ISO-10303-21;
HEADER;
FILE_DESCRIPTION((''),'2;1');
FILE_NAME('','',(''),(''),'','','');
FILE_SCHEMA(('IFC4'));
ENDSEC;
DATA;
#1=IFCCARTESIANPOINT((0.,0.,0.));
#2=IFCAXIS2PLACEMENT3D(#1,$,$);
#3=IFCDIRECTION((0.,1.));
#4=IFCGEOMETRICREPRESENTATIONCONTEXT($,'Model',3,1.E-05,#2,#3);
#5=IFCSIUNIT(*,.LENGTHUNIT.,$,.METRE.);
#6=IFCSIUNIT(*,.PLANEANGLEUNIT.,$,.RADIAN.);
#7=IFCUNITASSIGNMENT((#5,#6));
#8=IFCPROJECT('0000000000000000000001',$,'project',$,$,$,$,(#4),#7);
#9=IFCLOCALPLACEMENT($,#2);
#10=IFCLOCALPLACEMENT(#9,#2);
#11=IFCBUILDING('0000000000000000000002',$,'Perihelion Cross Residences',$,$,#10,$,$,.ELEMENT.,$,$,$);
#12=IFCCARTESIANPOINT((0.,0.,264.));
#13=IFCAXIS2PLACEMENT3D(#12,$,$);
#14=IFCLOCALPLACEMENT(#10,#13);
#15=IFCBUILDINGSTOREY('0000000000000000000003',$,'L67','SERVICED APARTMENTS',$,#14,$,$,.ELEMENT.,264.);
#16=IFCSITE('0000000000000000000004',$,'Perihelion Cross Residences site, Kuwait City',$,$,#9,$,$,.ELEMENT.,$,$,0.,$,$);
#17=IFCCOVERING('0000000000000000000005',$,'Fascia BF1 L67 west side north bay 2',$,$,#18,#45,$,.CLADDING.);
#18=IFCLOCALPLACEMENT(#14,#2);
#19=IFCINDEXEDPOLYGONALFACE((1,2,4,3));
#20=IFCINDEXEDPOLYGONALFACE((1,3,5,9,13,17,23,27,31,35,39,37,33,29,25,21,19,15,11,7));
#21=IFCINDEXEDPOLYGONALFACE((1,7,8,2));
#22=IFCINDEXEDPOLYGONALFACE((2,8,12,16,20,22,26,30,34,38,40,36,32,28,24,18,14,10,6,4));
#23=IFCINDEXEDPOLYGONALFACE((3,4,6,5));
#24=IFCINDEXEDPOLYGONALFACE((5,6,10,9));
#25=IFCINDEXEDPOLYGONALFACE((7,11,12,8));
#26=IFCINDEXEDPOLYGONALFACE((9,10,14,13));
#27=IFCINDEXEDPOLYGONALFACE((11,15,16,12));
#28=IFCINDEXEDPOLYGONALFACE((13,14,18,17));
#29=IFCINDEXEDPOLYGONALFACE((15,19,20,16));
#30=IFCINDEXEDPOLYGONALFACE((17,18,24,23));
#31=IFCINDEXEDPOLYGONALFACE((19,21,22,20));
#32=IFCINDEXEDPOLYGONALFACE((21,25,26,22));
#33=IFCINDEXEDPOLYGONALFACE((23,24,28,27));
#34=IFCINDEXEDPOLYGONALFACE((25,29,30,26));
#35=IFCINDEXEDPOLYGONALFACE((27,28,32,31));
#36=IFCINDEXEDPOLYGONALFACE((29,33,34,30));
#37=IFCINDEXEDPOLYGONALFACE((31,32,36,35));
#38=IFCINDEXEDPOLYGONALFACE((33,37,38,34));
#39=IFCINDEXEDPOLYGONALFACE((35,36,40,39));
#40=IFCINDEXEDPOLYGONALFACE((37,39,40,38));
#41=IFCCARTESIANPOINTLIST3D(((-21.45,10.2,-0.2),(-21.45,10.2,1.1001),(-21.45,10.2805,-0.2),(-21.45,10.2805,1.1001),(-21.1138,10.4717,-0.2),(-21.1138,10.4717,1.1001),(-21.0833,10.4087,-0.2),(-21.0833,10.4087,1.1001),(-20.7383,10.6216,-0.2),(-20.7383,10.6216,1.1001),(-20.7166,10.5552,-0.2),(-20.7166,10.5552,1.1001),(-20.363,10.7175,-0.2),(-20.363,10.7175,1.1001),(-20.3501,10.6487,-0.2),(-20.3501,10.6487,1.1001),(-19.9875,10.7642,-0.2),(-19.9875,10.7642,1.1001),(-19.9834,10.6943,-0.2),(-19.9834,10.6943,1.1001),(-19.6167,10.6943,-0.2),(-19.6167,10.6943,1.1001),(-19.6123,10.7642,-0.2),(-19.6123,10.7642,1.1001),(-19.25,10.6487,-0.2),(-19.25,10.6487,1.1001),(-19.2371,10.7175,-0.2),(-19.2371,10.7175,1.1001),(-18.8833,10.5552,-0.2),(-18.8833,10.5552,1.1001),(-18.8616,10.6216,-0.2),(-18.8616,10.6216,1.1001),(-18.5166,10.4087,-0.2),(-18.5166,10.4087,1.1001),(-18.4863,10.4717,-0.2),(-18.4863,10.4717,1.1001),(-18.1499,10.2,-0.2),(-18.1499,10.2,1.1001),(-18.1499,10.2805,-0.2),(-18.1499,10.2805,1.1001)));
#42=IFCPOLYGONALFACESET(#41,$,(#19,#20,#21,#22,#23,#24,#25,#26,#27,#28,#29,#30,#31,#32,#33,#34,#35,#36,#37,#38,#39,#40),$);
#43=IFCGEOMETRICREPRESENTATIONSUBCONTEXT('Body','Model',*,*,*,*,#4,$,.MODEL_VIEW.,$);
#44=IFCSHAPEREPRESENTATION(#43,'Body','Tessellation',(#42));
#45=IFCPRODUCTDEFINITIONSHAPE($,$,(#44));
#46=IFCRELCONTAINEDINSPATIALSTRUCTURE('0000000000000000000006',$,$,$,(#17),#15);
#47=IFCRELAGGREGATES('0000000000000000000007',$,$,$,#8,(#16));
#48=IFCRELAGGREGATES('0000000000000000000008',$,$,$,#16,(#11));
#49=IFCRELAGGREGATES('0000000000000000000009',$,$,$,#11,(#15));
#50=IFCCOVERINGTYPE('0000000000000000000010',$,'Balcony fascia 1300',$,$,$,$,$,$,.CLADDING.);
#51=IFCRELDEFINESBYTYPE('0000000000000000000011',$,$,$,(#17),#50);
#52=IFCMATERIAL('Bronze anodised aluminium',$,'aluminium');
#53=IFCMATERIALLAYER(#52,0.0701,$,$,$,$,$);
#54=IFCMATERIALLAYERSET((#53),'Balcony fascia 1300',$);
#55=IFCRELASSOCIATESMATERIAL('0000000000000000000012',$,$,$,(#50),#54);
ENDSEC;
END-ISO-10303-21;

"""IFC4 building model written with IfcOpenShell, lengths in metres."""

from ifc_helpers import new_model, si_unit, direction, frame, origin, place, context, subcontext, project, spatial, polyline, outline, extrude, material, layer, layer_set, type_object, element, save


model = new_model("IFC4")

# Units and contexts
model_context = context("Model", 3, precision=1e-05, world=origin(), true_north=direction((0.0, 1.0)))
body_context = subcontext(model_context, "Body", "Model", "MODEL_VIEW")
ifc_project = project(units=[si_unit("LENGTHUNIT", "METRE"), si_unit("PLANEANGLEUNIT", "RADIAN")], contexts=[model_context])

# Site, building, storey
site_placement = place(None, origin())
site = spatial("IfcSite", under=ifc_project, at=site_placement, Name="Perihelion Cross Residences site, Kuwait City", CompositionType="ELEMENT", RefElevation=0.0)
building_placement = place(site_placement, origin())
building = spatial("IfcBuilding", under=site, at=building_placement, Name="Perihelion Cross Residences", CompositionType="ELEMENT")
storey_placement = place(building_placement, frame((0.0, 0.0, 264.0)))
storey = spatial("IfcBuildingStorey", under=building, at=storey_placement, Name="L67", Description="SERVICED APARTMENTS", CompositionType="ELEMENT", Elevation=264.0)

# Covering
ifc_material_1 = material(Name="Bronze anodised aluminium", Category="aluminium")
ifc_layer_1 = layer(ifc_material_1, 0.0701)
ifc_layer_set_1 = layer_set([ifc_layer_1], Name="Balcony fascia 1300")
covering_type = type_object("IfcCoveringType", Name="Balcony fascia 1300", PredefinedType="CLADDING", material=ifc_layer_set_1)
covering_1_placement = place(storey_placement, frame((0.0, 0.0, -0.2)))
element("IfcCovering", 1, at=covering_1_placement, inside=storey, type_object=covering_type, Name="Fascia BF1 L67 west side north bay 2", PredefinedType="CLADDING", context=body_context, shape_type="SweptSolid", body=[
    extrude(outline(polyline([(-18.4863, 10.4717), (-18.8616, 10.6216), (-19.2371, 10.7175), (-19.6123, 10.7642), (-19.9875, 10.7642), (-20.363, 10.7175), (-20.7383, 10.6216), (-21.1138, 10.4717), (-21.45, 10.2805), (-21.45, 10.2), (-21.0833, 10.4087), (-20.7166, 10.5552), (-20.3501, 10.6487), (-19.9834, 10.6943), (-19.6167, 10.6943), (-19.25, 10.6487), (-18.8833, 10.5552), (-18.5166, 10.4087), (-18.1499, 10.2), (-18.1499, 10.2805), (-18.4863, 10.4717)])), origin(), (0.0, 0.0, 1.0), 1.3),
])

save(model, "model.ifc")
